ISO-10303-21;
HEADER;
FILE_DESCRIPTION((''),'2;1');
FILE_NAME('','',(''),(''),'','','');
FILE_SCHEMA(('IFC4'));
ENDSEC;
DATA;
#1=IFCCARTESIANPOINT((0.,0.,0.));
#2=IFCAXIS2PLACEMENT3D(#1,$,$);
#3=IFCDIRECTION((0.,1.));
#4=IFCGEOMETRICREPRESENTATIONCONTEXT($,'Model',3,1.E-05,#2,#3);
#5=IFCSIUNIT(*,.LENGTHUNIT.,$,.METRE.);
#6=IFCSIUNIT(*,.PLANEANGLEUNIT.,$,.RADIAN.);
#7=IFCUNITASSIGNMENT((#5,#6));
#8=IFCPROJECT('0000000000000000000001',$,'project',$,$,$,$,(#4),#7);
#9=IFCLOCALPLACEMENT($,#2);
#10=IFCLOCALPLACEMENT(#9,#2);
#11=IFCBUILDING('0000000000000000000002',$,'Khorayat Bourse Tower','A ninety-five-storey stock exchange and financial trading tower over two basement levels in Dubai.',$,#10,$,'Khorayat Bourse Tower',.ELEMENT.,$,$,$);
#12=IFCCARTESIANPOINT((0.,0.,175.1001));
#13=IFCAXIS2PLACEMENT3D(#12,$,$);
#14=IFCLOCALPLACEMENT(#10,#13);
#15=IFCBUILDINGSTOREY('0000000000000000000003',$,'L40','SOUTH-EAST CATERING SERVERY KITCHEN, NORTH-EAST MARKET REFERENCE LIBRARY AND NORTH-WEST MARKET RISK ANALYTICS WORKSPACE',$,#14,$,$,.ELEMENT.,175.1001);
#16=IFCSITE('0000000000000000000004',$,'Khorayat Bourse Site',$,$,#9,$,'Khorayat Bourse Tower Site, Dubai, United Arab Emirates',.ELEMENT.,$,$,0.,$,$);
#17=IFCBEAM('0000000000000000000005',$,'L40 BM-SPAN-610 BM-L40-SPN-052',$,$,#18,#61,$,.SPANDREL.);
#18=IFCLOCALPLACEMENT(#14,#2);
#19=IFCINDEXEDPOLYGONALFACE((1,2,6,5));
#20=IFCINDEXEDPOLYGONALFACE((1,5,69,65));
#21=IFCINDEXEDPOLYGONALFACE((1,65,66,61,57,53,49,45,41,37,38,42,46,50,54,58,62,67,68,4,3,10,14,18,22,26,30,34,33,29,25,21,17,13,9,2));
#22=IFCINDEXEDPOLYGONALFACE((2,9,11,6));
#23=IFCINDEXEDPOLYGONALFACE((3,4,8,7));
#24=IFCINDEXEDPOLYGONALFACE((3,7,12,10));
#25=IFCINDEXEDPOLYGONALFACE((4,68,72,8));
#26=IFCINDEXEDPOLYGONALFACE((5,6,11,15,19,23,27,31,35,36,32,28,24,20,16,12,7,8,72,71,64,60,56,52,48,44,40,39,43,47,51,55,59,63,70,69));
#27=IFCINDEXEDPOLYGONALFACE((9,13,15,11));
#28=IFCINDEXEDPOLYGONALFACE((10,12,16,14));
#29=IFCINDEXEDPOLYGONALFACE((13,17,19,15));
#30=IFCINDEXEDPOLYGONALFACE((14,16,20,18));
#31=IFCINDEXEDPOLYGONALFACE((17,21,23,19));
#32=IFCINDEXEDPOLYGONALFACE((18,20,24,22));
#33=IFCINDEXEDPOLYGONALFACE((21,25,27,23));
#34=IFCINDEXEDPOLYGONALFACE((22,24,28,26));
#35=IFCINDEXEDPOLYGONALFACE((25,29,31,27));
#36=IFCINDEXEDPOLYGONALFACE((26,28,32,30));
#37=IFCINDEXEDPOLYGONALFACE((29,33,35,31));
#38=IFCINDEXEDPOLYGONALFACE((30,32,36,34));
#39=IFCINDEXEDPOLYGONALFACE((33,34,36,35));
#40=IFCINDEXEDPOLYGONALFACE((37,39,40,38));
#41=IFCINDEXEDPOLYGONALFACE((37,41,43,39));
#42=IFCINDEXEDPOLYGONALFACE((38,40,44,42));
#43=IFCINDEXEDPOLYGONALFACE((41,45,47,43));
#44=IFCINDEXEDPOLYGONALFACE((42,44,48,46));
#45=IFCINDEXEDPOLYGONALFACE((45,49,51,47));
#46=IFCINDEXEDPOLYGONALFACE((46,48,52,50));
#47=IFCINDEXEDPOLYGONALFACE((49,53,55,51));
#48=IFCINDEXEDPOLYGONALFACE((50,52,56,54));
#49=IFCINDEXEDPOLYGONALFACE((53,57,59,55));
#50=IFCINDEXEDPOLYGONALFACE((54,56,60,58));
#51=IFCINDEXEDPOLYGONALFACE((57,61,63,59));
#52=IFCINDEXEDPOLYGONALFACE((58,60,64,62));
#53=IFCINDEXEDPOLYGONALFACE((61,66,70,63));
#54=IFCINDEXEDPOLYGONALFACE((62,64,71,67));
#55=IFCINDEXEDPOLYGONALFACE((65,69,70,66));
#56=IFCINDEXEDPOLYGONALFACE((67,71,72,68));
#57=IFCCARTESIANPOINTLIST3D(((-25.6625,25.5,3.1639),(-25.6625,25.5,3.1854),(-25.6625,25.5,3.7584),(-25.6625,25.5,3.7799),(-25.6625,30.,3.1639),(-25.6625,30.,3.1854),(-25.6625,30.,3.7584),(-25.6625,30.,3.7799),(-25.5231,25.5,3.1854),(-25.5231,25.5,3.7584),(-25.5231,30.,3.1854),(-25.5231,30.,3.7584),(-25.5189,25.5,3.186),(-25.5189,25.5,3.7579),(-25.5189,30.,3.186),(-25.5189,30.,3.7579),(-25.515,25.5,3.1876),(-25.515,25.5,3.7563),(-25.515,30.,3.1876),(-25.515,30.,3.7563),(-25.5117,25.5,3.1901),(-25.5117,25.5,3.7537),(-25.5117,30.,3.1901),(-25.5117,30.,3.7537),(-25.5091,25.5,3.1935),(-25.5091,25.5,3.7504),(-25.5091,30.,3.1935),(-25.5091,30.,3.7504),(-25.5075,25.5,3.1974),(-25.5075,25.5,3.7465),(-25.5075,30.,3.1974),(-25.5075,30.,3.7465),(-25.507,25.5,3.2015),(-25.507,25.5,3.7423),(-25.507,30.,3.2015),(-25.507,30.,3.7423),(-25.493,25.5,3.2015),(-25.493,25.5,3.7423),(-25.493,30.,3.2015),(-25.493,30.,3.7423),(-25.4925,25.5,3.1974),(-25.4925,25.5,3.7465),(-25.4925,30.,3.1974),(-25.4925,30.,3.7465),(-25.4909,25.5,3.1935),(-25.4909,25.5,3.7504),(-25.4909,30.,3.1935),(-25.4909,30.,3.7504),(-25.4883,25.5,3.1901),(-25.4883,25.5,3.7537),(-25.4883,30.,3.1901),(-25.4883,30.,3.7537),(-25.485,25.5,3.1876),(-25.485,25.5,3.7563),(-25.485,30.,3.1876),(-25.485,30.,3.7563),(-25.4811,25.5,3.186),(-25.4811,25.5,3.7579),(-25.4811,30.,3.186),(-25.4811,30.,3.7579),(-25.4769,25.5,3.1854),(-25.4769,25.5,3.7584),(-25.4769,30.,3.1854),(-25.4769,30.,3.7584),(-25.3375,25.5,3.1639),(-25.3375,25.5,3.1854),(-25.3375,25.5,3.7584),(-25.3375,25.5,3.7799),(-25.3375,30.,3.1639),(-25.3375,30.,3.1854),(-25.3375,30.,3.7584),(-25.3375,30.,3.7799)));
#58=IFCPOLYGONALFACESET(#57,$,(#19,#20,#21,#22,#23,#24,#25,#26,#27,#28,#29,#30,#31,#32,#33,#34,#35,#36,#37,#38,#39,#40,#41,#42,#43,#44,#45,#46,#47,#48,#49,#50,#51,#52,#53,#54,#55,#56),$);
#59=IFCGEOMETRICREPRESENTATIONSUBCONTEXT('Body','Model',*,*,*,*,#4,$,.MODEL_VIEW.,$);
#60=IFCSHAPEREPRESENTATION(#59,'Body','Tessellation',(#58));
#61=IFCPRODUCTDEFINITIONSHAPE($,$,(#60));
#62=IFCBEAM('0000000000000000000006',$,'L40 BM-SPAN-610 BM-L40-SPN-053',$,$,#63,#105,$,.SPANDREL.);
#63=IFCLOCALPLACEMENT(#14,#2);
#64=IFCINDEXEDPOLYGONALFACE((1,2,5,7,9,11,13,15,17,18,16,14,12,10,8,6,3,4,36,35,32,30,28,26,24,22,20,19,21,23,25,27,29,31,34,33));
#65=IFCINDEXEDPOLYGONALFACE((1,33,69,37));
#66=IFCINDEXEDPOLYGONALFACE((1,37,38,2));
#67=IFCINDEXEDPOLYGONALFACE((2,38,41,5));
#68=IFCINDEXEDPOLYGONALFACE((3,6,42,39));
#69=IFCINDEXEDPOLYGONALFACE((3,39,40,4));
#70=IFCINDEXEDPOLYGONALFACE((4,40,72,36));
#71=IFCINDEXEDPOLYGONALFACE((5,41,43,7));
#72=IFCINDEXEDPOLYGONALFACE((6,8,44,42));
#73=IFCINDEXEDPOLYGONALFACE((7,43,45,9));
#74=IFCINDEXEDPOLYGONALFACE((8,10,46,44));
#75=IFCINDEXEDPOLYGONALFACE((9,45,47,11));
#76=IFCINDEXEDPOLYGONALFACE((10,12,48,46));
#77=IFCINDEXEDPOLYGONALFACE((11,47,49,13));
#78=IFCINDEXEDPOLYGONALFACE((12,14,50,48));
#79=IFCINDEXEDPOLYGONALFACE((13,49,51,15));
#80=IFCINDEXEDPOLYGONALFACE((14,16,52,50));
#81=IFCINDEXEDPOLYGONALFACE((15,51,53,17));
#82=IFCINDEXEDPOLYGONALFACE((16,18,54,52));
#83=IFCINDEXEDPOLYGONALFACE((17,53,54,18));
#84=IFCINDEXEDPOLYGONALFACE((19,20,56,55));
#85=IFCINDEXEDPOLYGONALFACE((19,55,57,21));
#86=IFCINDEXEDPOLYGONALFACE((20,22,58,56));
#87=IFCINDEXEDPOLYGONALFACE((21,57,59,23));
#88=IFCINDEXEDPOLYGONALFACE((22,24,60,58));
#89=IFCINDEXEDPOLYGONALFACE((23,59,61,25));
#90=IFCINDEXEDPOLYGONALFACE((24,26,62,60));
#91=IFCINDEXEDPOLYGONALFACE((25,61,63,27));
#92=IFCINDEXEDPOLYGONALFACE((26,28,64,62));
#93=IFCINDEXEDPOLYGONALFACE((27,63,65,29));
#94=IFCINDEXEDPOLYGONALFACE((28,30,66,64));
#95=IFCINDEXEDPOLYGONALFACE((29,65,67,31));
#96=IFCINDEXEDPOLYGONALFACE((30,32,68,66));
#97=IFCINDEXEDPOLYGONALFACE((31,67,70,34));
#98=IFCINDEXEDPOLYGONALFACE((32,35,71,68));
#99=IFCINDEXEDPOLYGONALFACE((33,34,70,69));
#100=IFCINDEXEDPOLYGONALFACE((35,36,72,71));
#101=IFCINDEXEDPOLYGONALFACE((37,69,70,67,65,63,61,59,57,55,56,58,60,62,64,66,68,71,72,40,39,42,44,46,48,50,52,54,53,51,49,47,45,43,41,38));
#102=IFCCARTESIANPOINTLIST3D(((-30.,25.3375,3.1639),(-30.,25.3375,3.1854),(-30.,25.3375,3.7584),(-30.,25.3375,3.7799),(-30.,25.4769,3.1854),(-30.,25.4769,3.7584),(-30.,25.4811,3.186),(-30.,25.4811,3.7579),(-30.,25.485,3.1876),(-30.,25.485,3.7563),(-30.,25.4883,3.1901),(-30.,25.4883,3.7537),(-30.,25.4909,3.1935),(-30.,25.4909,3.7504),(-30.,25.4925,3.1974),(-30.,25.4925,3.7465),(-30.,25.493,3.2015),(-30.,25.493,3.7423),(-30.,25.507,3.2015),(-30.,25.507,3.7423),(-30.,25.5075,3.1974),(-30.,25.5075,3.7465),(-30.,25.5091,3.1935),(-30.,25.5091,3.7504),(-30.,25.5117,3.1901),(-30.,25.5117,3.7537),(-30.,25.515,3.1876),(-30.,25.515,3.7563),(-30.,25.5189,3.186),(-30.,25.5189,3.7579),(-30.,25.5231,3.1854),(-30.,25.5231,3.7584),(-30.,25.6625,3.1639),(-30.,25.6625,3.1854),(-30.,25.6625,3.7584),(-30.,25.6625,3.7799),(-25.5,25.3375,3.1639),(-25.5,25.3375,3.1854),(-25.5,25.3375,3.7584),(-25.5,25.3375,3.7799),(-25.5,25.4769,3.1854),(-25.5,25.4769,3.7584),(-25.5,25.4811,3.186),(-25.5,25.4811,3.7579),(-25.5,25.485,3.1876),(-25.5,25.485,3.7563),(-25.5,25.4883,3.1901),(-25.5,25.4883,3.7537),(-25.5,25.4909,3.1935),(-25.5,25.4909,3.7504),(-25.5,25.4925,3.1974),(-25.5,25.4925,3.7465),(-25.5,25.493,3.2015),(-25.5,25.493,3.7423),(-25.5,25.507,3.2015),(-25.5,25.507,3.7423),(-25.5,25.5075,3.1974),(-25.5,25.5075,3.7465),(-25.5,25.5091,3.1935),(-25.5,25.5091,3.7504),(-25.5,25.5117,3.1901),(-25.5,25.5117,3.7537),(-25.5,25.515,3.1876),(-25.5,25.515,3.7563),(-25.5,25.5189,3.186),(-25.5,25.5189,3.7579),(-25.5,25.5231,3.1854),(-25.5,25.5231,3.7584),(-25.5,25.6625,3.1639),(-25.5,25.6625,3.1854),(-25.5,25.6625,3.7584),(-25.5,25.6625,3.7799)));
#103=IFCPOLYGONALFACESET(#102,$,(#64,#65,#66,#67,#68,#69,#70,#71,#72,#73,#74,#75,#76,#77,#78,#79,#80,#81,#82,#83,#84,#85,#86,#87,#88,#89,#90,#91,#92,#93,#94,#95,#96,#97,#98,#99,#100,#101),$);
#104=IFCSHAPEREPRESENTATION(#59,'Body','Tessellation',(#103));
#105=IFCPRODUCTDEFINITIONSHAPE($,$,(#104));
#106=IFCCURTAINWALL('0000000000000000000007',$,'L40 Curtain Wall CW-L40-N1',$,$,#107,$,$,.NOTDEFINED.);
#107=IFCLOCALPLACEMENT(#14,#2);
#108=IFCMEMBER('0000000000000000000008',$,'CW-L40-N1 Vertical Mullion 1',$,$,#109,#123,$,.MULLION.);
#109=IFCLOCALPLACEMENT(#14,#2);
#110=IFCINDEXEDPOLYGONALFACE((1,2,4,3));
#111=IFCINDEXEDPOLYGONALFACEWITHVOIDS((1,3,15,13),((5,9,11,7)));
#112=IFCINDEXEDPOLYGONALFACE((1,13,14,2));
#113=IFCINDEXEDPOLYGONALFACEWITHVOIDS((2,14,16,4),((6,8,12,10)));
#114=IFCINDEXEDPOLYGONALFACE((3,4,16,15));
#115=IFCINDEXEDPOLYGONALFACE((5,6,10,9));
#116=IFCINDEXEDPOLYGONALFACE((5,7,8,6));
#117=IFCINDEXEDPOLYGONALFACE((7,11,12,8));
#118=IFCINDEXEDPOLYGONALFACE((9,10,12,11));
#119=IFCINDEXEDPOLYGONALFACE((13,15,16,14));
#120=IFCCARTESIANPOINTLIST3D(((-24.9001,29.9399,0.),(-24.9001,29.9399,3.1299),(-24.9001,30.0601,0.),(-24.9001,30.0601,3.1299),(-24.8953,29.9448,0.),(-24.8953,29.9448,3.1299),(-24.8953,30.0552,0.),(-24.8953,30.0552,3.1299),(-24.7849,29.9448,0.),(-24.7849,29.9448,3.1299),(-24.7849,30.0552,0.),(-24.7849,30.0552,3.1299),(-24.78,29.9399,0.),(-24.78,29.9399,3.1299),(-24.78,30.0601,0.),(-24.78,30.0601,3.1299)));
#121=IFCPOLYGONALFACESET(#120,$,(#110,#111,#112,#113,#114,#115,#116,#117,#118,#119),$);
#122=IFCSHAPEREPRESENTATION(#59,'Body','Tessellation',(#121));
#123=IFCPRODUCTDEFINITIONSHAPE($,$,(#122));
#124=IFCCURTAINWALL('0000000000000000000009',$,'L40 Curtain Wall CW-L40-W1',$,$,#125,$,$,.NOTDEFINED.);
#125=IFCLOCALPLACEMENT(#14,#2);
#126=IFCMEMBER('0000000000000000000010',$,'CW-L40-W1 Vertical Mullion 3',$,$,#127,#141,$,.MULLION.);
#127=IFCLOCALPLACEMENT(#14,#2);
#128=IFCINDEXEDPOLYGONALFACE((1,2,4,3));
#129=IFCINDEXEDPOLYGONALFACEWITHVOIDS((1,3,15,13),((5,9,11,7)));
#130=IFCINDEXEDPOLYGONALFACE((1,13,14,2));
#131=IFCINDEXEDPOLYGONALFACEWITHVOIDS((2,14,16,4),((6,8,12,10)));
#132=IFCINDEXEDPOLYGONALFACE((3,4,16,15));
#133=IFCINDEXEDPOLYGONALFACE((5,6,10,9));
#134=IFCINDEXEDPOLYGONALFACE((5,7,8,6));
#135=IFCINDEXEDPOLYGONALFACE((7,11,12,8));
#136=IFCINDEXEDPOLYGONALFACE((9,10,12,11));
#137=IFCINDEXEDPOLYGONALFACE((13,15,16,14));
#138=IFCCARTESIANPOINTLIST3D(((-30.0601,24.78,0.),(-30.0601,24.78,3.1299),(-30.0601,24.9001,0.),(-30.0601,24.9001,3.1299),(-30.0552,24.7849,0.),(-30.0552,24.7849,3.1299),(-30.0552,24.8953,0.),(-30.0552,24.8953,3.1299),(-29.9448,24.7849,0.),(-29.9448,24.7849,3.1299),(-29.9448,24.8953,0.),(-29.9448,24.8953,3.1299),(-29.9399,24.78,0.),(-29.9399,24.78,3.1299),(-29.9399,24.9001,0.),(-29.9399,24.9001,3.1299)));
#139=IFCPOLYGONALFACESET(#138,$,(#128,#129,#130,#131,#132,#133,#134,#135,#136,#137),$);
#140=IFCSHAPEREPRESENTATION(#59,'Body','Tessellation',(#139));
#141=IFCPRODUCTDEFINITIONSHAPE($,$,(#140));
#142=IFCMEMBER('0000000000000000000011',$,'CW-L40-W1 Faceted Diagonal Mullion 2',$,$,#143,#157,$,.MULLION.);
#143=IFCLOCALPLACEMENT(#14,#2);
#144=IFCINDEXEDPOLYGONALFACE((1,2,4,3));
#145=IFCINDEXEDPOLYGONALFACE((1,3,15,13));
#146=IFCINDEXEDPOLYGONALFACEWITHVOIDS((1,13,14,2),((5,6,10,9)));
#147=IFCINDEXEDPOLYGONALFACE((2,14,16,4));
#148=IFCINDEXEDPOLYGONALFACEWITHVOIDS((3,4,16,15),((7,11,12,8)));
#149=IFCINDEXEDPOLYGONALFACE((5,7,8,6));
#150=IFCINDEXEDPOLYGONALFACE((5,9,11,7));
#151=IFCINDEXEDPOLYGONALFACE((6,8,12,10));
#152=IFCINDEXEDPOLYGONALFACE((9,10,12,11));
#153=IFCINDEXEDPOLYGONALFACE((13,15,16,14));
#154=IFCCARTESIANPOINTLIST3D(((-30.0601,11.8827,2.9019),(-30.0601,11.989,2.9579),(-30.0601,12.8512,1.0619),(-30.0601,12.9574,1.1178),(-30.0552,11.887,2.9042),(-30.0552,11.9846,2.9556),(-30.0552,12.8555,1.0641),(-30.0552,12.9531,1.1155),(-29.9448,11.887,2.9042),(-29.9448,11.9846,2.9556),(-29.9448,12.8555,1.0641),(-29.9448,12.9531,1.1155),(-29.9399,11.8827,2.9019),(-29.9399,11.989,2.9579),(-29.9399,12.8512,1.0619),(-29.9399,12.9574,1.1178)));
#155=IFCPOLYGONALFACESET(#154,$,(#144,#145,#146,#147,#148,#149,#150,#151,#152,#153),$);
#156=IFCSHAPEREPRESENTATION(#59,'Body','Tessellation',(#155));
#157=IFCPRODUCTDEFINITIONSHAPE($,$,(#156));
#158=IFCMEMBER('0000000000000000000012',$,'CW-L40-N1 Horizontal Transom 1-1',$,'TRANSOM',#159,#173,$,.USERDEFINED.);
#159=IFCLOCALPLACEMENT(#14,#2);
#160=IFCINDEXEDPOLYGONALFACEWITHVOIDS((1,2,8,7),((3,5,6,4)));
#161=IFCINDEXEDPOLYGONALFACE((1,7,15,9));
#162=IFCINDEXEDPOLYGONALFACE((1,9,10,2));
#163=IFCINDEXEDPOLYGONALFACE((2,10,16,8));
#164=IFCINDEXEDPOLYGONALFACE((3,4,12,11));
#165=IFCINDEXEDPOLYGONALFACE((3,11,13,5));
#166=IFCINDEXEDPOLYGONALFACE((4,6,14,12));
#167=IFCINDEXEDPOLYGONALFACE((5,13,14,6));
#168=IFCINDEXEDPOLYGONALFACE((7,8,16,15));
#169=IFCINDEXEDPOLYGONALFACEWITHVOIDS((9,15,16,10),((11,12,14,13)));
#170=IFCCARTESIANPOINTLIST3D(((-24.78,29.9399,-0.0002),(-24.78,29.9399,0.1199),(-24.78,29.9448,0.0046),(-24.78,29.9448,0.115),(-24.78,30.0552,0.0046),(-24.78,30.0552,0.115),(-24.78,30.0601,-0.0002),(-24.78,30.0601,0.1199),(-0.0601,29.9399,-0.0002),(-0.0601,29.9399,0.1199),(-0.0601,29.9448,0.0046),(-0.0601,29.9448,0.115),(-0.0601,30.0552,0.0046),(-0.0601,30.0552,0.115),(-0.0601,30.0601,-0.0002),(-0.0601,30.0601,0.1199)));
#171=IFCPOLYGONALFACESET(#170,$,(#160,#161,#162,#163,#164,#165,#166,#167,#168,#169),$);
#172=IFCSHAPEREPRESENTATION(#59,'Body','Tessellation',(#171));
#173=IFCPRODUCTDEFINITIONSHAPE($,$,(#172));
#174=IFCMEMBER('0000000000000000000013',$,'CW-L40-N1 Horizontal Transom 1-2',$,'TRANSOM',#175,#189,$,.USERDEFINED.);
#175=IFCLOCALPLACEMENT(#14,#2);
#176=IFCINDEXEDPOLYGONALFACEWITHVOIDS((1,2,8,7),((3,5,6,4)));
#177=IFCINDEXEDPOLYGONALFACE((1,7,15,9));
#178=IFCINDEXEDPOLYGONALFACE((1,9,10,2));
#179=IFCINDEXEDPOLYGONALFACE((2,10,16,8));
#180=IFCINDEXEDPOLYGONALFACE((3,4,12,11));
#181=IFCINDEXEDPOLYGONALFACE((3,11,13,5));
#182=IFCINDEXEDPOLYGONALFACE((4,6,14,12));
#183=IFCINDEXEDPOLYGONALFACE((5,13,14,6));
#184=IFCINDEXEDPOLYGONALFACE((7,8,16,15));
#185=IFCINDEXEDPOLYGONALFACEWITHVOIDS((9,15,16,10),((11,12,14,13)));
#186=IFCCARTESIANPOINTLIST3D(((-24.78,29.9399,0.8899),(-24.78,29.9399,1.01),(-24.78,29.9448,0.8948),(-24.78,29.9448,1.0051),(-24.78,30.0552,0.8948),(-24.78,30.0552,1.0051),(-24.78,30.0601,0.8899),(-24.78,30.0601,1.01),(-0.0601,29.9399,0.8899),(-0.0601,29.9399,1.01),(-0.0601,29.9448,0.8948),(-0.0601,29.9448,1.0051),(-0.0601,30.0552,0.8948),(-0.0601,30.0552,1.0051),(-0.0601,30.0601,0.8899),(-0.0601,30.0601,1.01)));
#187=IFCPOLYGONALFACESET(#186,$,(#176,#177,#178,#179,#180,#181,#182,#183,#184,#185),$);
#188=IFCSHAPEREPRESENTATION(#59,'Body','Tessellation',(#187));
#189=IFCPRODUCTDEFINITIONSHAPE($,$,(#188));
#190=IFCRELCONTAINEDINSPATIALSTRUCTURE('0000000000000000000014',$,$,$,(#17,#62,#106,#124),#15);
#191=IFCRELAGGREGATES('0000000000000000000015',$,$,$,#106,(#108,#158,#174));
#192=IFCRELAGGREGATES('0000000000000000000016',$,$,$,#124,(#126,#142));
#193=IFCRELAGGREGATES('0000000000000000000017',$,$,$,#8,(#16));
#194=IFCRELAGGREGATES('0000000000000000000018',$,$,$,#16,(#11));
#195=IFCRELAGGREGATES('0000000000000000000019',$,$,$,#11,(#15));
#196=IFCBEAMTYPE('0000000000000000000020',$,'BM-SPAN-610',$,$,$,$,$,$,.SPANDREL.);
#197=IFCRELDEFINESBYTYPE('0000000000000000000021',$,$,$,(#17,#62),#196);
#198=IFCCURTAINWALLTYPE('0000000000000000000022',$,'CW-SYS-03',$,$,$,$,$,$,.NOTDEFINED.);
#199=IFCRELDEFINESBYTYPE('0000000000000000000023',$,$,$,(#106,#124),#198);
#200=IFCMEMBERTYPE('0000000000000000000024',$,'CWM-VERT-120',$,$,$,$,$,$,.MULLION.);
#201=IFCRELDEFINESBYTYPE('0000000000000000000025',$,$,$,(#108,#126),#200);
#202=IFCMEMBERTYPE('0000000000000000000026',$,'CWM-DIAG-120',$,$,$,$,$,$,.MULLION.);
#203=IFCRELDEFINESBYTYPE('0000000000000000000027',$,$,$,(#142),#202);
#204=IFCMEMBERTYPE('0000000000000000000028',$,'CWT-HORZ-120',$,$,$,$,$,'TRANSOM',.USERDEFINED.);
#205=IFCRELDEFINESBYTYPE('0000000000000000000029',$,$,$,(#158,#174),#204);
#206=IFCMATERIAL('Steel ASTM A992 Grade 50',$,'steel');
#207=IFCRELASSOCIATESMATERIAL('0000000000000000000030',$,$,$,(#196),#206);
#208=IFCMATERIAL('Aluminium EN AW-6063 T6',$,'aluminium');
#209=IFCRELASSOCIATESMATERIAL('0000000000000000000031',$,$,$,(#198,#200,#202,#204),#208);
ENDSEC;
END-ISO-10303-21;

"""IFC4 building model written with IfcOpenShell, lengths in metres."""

from ifc_helpers import new_model, si_unit, direction, frame, origin, origin_2d, place, context, subcontext, project, spatial, hollow_rectangle, i_section, extrude, source, transform, mapped, material, material_profile, profile_set, type_object, element, aggregate, save


model = new_model("IFC4")

# Units and contexts
model_context = context("Model", 3, precision=1e-05, world=origin(), true_north=direction((0.0, 1.0)))
body_context = subcontext(model_context, "Body", "Model", "MODEL_VIEW")
ifc_project = project(units=[si_unit("LENGTHUNIT", "METRE"), si_unit("PLANEANGLEUNIT", "RADIAN")], contexts=[model_context])

# Site, building, storey
site_placement = place(None, origin())
site = spatial("IfcSite", under=ifc_project, at=site_placement, Name="Khorayat Bourse Site", LongName="Khorayat Bourse Tower Site, Dubai, United Arab Emirates", CompositionType="ELEMENT", RefElevation=0.0)
building_placement = place(site_placement, origin())
building = spatial("IfcBuilding", under=site, at=building_placement, Name="Khorayat Bourse Tower", Description="A ninety-five-storey stock exchange and financial trading tower over two basement levels in Dubai.", LongName="Khorayat Bourse Tower", CompositionType="ELEMENT")
storey_placement = place(building_placement, frame((0.0, 0.0, 175.1001)))
storey = spatial("IfcBuildingStorey", under=building, at=storey_placement, Name="L40", Description="SOUTH-EAST CATERING SERVERY KITCHEN, NORTH-EAST MARKET REFERENCE LIBRARY AND NORTH-WEST MARKET RISK ANALYTICS WORKSPACE", CompositionType="ELEMENT", Elevation=175.1001)

# Beams
ifc_material_1 = material(Name="Steel ASTM A992 Grade 50", Category="steel")
ifc_material_profile_1 = material_profile(ifc_material_1, i_section(OverallWidth=0.325, OverallDepth=0.616, WebThickness=0.0139, FlangeThickness=0.0215, FilletRadius=0.0161, at=origin_2d()), Name="W610X174")
ifc_profile_set_1 = profile_set([ifc_material_profile_1], Name="Steel ASTM A992 Grade 50")
beam_type_1 = type_object("IfcBeamType", Name="BM-SPAN-610", PredefinedType="SPANDREL", material=ifc_profile_set_1)
shared_shape_1 = source(origin(), body_context, "Body", "SweptSolid", [
    extrude(i_section(OverallWidth=0.325, OverallDepth=0.616, WebThickness=0.0139, FlangeThickness=0.0215, FilletRadius=0.0161, at=origin_2d()), origin(), (0.0, 0.0, 1.0), 4.5),
])
for number, where, z_axis, x_axis, name in (
    (1, (-25.5, 25.5, 3.4719), (0.0, 1.0, 0.0), (-1.0, 0.0, 0.0), "L40 BM-SPAN-610 BM-L40-SPN-052"),
    (2, (-30.0, 25.5, 3.4719), (1.0, 0.0, 0.0), (0.0, 1.0, 0.0), "L40 BM-SPAN-610 BM-L40-SPN-053"),
):
    element("IfcBeam", number, at=place(storey_placement, frame(where, z_axis=z_axis, x_axis=x_axis)), inside=storey, type_object=beam_type_1, Name=name, PredefinedType="SPANDREL", context=body_context, shape_type="MappedRepresentation", body=[
        mapped(shared_shape_1, transform((0.0, 0.0, 0.0), scale=1.0)),
    ])

# Curtain wall, member
ifc_material_2 = material(Name="Aluminium EN AW-6063 T6", Category="aluminium")
curtain_wall_type = type_object("IfcCurtainWallType", Name="CW-SYS-03", PredefinedType="NOTDEFINED", material=ifc_material_2)
curtain_wall_1_placement = place(storey_placement, origin())
curtain_wall_1 = element("IfcCurtainWall", 3, at=curtain_wall_1_placement, inside=storey, type_object=curtain_wall_type, Name="L40 Curtain Wall CW-L40-N1", PredefinedType="NOTDEFINED")
ifc_material_profile_2 = material_profile(ifc_material_2, hollow_rectangle(XDim=0.1201, YDim=0.1201, WallThickness=0.0049, at=origin_2d()), Name="ALU 120x120x5")
ifc_profile_set_2 = profile_set([ifc_material_profile_2], Name="Aluminium EN AW-6063 T6")
member_type_1 = type_object("IfcMemberType", Name="CWM-VERT-120", PredefinedType="MULLION", material=ifc_profile_set_2)
shared_shape_2 = source(origin(), body_context, "Body", "SweptSolid", [
    extrude(hollow_rectangle(XDim=0.1201, YDim=0.1201, WallThickness=0.0049, at=origin_2d()), origin(), (0.0, 0.0, 1.0), 3.1299),
])
member_1_placement = place(storey_placement, frame((-24.8401, 30.0, 0.0), z_axis=(0.0, 0.0, 1.0), x_axis=(0.0, 1.0, 0.0)))
member_1 = element("IfcMember", 4, at=member_1_placement, type_object=member_type_1, Name="CW-L40-N1 Vertical Mullion 1", PredefinedType="MULLION", context=body_context, shape_type="MappedRepresentation", body=[
    mapped(shared_shape_2, transform((0.0, 0.0, 0.0), scale=1.0)),
])

# Curtain wall, members
curtain_wall_2_placement = place(storey_placement, origin())
curtain_wall_2 = element("IfcCurtainWall", 5, at=curtain_wall_2_placement, inside=storey, type_object=curtain_wall_type, Name="L40 Curtain Wall CW-L40-W1", PredefinedType="NOTDEFINED")
member_2_placement = place(storey_placement, frame((-30.0, 24.8401, 0.0), z_axis=(0.0, 0.0, 1.0), x_axis=(-1.0, 0.0, 0.0)))
member_2 = element("IfcMember", 6, at=member_2_placement, type_object=member_type_1, Name="CW-L40-W1 Vertical Mullion 3", PredefinedType="MULLION", context=body_context, shape_type="MappedRepresentation", body=[
    mapped(shared_shape_2, transform((0.0, 0.0, 0.0), scale=1.0)),
])
ifc_material_profile_3 = material_profile(ifc_material_2, hollow_rectangle(XDim=0.1201, YDim=0.1201, WallThickness=0.0049, at=origin_2d()), Name="ALU 120x120x5")
ifc_profile_set_3 = profile_set([ifc_material_profile_3], Name="Aluminium EN AW-6063 T6")
member_type_2 = type_object("IfcMemberType", Name="CWM-DIAG-120", PredefinedType="MULLION", material=ifc_profile_set_3)
shared_shape_3 = source(origin(), body_context, "Body", "SweptSolid", [
    extrude(hollow_rectangle(XDim=0.1201, YDim=0.1201, WallThickness=0.0049, at=origin_2d()), origin(), (0.0, 0.0, 1.0), 2.0793),
])
member_3_placement = place(storey_placement, frame((-30.0, 12.9043, 1.0898), z_axis=(0.0, -0.465761, 0.884911), x_axis=(1.0, 0.0, 0.0)))
member_3 = element("IfcMember", 7, at=member_3_placement, type_object=member_type_2, Name="CW-L40-W1 Faceted Diagonal Mullion 2", PredefinedType="MULLION", context=body_context, shape_type="MappedRepresentation", body=[
    mapped(shared_shape_3, transform((0.0, 0.0, 0.0), scale=1.0)),
])

# Members
ifc_material_profile_4 = material_profile(ifc_material_2, hollow_rectangle(XDim=0.1201, YDim=0.1201, WallThickness=0.0049, at=origin_2d()), Name="ALU 120x120x5")
ifc_profile_set_4 = profile_set([ifc_material_profile_4], Name="Aluminium EN AW-6063 T6")
member_type_3 = type_object("IfcMemberType", Name="CWT-HORZ-120", ElementType="TRANSOM", PredefinedType="USERDEFINED", material=ifc_profile_set_4)
shared_shape_4 = source(origin(), body_context, "Body", "SweptSolid", [
    extrude(hollow_rectangle(XDim=0.1201, YDim=0.1201, WallThickness=0.0049, at=origin_2d()), origin(), (0.0, 0.0, 1.0), 24.72),
])
member_4_placement = place(storey_placement, frame((-24.78, 30.0, 0.0598), z_axis=(1.0, 0.0, 0.0), x_axis=(0.0, 1.0, 0.0)))
member_4 = element("IfcMember", 8, at=member_4_placement, type_object=member_type_3, Name="CW-L40-N1 Horizontal Transom 1-1", ObjectType="TRANSOM", PredefinedType="USERDEFINED", context=body_context, shape_type="MappedRepresentation", body=[
    mapped(shared_shape_4, transform((0.0, 0.0, 0.0), scale=1.0)),
])
member_5_placement = place(storey_placement, frame((-24.78, 30.0, 0.95), z_axis=(1.0, 0.0, 0.0), x_axis=(0.0, 1.0, 0.0)))
member_5 = element("IfcMember", 9, at=member_5_placement, type_object=member_type_3, Name="CW-L40-N1 Horizontal Transom 1-2", ObjectType="TRANSOM", PredefinedType="USERDEFINED", context=body_context, shape_type="MappedRepresentation", body=[
    mapped(shared_shape_4, transform((0.0, 0.0, 0.0), scale=1.0)),
])
aggregate(curtain_wall_1, [member_1, member_4, member_5])

aggregate(curtain_wall_2, [member_2, member_3])

save(model, "model.ifc")
